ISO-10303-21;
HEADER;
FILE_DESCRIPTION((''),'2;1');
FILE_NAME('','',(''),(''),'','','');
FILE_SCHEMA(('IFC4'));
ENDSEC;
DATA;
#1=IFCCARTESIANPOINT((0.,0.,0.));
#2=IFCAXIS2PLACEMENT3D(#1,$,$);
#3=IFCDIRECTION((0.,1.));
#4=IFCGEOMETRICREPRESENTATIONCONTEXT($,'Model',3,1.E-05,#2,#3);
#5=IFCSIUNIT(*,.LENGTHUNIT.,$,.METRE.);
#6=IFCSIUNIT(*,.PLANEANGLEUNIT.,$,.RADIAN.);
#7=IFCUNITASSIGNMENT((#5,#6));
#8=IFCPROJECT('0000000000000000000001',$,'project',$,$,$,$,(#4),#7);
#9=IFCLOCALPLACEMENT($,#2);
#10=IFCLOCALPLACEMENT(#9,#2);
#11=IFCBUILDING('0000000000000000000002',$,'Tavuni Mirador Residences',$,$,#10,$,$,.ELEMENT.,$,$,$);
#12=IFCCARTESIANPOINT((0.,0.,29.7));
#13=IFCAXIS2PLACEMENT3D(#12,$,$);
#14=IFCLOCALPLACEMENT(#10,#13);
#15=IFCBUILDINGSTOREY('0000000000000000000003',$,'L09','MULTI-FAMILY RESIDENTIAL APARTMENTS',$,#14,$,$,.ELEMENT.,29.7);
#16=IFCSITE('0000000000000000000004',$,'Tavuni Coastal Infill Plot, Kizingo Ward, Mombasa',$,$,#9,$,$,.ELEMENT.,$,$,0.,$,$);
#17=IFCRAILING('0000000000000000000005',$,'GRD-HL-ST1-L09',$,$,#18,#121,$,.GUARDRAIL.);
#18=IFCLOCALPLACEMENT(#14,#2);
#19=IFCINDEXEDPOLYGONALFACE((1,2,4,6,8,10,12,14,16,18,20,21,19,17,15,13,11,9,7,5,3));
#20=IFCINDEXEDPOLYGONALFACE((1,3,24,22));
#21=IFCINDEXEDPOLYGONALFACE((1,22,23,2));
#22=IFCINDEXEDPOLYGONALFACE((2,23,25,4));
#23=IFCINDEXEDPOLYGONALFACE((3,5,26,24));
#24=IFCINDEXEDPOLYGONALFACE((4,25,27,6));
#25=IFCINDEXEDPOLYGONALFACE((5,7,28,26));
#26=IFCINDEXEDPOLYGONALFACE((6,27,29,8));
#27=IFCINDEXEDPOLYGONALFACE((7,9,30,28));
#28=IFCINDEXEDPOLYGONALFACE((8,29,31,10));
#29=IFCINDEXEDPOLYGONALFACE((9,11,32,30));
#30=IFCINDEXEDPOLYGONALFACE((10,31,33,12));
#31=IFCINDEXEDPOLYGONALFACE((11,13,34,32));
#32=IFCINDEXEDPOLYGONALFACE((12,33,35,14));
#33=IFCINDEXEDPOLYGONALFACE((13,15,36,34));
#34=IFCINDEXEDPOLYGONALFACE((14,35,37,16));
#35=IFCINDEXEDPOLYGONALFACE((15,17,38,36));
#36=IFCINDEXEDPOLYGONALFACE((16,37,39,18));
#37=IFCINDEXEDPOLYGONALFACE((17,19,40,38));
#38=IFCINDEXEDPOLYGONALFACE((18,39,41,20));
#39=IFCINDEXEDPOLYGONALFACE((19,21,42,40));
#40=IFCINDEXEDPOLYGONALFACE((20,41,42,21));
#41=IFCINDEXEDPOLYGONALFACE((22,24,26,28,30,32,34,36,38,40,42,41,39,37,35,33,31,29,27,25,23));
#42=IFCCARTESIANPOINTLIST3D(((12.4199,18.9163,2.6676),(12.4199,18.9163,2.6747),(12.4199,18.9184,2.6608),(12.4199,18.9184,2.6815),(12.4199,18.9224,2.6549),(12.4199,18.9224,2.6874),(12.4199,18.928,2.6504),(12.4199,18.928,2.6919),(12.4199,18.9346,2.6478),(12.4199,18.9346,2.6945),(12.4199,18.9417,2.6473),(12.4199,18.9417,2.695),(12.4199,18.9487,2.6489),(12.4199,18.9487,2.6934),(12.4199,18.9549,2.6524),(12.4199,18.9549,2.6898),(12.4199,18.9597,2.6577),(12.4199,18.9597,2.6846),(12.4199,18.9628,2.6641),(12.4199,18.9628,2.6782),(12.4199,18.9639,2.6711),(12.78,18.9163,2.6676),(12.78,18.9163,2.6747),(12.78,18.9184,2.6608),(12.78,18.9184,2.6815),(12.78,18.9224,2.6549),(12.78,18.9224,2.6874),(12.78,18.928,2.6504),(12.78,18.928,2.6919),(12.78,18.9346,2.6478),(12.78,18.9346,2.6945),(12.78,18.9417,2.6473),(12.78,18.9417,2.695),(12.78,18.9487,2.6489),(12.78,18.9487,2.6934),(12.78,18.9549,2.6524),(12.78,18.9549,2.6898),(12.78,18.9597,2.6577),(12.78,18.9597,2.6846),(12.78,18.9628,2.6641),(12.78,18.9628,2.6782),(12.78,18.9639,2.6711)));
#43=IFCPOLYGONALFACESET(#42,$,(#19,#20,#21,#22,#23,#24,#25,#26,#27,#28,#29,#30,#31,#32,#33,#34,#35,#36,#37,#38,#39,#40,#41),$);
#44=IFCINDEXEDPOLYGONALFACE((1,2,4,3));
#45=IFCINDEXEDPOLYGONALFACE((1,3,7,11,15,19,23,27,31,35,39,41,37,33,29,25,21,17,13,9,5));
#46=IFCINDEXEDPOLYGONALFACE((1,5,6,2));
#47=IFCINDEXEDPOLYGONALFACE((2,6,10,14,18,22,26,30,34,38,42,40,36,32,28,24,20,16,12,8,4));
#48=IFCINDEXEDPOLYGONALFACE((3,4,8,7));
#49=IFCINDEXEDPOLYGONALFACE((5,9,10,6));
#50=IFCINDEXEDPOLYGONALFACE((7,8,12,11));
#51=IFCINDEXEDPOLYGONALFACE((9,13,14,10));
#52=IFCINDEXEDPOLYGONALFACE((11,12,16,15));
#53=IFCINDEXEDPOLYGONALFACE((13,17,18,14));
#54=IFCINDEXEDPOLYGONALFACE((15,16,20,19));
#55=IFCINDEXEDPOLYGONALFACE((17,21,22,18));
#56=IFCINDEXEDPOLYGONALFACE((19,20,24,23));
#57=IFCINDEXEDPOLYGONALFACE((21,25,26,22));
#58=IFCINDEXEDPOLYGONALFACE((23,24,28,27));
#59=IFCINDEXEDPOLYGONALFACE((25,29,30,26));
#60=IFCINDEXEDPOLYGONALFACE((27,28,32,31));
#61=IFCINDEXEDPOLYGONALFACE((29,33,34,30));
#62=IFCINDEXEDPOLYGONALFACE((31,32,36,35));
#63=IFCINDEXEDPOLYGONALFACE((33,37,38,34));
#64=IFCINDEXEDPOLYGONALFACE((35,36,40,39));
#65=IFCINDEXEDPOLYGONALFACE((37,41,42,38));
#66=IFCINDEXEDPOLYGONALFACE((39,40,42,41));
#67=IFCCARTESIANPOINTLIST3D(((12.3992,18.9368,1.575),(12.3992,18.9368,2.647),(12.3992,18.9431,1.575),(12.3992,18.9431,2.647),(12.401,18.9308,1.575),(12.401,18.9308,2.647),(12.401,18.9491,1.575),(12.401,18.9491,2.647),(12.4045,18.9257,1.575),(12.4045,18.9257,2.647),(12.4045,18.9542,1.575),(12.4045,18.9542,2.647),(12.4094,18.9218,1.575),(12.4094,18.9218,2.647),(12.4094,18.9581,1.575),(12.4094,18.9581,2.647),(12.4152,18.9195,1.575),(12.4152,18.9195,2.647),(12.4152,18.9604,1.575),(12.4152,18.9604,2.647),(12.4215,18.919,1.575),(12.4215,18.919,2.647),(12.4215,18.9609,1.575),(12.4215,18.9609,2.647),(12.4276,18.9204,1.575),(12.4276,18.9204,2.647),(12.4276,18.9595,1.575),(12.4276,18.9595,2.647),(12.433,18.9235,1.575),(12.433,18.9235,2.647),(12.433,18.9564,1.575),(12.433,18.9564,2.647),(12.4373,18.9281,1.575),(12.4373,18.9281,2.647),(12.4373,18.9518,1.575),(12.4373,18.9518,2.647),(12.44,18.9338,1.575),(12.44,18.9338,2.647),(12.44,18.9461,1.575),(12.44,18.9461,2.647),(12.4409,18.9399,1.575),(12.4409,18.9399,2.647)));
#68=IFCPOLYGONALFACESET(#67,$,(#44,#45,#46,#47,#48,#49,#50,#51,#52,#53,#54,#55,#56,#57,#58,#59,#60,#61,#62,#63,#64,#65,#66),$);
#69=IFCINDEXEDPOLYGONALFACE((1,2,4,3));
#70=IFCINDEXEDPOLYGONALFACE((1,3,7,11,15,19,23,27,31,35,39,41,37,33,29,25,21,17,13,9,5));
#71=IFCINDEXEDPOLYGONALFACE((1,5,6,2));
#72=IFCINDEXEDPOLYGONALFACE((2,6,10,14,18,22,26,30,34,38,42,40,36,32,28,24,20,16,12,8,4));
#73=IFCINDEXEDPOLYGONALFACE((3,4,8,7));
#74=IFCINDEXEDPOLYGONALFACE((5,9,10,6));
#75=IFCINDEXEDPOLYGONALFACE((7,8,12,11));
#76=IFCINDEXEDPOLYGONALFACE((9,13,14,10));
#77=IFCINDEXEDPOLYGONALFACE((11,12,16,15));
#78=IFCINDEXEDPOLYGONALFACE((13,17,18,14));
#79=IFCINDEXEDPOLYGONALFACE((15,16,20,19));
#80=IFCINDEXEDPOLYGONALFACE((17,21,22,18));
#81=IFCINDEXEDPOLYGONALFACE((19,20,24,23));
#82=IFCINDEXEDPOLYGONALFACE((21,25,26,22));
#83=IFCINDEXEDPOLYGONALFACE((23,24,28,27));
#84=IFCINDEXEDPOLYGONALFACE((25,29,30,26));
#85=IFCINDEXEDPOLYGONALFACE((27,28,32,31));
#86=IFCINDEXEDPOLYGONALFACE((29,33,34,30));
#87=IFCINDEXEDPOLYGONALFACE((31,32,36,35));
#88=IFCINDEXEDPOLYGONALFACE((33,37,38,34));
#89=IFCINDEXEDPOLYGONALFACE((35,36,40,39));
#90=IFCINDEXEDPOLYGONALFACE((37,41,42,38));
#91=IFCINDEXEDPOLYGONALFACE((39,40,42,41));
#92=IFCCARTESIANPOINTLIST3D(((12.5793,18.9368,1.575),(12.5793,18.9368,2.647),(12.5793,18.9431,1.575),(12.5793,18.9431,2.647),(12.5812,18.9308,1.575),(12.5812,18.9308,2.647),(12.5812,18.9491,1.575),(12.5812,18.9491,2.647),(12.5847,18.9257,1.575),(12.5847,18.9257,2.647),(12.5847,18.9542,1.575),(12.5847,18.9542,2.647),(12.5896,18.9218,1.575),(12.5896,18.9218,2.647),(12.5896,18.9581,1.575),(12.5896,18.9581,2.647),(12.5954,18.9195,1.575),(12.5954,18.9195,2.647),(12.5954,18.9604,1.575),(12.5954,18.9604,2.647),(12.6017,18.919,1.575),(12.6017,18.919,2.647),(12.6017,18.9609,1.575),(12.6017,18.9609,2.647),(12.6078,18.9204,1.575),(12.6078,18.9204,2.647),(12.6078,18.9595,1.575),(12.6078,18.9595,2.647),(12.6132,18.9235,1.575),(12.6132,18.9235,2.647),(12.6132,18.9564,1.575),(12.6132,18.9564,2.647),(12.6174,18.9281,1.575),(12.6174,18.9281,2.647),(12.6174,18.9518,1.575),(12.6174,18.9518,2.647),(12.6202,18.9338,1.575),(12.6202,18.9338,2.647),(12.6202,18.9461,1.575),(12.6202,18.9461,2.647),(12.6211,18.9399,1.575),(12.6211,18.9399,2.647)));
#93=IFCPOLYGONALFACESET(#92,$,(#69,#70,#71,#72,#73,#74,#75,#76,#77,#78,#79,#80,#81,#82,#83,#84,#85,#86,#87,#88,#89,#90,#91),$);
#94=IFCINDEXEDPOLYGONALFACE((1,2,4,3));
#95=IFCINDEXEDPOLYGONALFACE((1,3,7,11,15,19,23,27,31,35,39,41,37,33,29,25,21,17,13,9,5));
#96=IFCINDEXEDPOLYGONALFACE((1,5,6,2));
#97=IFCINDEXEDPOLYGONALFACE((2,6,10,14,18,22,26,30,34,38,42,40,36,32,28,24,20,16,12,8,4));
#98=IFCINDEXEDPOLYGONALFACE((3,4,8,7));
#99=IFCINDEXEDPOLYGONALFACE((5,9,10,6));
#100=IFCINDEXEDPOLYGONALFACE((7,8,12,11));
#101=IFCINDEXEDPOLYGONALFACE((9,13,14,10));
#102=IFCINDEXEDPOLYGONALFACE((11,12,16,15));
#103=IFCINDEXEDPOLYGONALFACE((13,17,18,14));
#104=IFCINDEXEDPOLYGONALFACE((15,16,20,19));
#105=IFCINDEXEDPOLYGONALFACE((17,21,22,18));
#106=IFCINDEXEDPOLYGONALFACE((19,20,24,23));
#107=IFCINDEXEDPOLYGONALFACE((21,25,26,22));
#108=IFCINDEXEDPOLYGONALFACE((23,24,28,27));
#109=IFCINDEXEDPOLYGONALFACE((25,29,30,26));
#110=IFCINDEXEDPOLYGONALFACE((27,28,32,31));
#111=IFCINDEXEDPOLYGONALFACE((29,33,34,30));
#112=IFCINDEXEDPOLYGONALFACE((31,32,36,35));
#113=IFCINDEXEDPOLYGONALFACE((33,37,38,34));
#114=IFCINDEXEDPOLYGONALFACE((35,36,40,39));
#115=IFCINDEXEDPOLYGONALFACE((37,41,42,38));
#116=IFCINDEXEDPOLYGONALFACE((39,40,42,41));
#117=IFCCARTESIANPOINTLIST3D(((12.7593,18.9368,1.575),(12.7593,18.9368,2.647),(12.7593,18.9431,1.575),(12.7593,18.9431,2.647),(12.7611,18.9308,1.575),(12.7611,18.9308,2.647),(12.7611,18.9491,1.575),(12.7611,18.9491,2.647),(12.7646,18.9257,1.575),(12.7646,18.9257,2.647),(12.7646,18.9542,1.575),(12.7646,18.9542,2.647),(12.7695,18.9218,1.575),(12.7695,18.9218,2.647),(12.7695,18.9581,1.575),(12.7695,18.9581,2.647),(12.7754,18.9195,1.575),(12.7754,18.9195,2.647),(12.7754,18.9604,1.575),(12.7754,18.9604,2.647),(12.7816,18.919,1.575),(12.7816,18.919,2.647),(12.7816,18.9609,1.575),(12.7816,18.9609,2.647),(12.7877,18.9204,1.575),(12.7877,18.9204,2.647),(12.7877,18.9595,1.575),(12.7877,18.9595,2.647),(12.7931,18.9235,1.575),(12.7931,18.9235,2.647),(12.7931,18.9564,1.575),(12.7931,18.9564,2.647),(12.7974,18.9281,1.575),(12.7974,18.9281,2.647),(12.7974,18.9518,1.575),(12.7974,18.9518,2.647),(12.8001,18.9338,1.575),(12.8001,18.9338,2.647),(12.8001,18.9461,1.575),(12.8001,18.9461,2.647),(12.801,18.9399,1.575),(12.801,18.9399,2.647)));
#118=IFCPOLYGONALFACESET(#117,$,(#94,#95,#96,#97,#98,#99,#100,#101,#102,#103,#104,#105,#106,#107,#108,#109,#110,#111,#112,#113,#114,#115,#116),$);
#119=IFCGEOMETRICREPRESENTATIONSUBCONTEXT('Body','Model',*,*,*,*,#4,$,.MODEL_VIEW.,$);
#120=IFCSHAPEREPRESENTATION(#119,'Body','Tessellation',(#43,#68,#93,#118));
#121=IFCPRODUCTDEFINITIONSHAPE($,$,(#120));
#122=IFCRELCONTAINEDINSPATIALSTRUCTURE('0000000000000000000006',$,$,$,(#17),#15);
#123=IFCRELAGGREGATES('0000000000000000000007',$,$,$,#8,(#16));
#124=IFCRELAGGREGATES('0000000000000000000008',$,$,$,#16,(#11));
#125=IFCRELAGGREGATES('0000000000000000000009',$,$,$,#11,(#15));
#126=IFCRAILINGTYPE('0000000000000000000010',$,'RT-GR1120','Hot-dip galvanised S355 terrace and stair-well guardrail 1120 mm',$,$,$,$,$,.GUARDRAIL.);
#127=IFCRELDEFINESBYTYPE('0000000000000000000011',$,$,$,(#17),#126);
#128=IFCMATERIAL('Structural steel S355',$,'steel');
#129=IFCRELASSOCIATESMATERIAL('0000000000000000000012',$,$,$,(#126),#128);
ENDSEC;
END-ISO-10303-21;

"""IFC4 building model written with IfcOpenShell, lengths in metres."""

from ifc_helpers import new_model, si_unit, direction, frame, origin, origin_2d, place, context, subcontext, project, spatial, circle, extrude, material, type_object, element, save


model = new_model("IFC4")

# Units and contexts
model_context = context("Model", 3, precision=1e-05, world=origin(), true_north=direction((0.0, 1.0)))
body_context = subcontext(model_context, "Body", "Model", "MODEL_VIEW")
ifc_project = project(units=[si_unit("LENGTHUNIT", "METRE"), si_unit("PLANEANGLEUNIT", "RADIAN")], contexts=[model_context])

# Site, building, storey
site_placement = place(None, origin())
site = spatial("IfcSite", under=ifc_project, at=site_placement, Name="Tavuni Coastal Infill Plot, Kizingo Ward, Mombasa", CompositionType="ELEMENT", RefElevation=0.0)
building_placement = place(site_placement, origin())
building = spatial("IfcBuilding", under=site, at=building_placement, Name="Tavuni Mirador Residences", CompositionType="ELEMENT")
storey_placement = place(building_placement, frame((0.0, 0.0, 29.7)))
storey = spatial("IfcBuildingStorey", under=building, at=storey_placement, Name="L09", Description="MULTI-FAMILY RESIDENTIAL APARTMENTS", CompositionType="ELEMENT", Elevation=29.7)

# Railing
ifc_material_1 = material(Name="Structural steel S355", Category="steel")
railing_type_1 = type_object("IfcRailingType", Name="RT-GR1120", Description="Hot-dip galvanised S355 terrace and stair-well guardrail 1120 mm", PredefinedType="GUARDRAIL", material=ifc_material_1)
railing_1_placement = place(storey_placement, frame((12.4199, 18.9399, 1.575)))
element("IfcRailing", 1, at=railing_1_placement, inside=storey, type_object=railing_type_1, Name="GRD-HL-ST1-L09", PredefinedType="GUARDRAIL", context=body_context, shape_type="SweptSolid", body=[
    extrude(circle(Radius=0.0239, at=origin_2d()), frame((0.0, 0.0, 1.0962), z_axis=(1.0, 0.0, 0.0), x_axis=(0.0, 1.0, 0.0)), (0.0, 0.0, 1.0), 0.3601),
    extrude(circle(Radius=0.021, at=origin_2d()), origin(), (0.0, 0.0, 1.0), 1.072),
    extrude(circle(Radius=0.021, at=origin_2d()), frame((0.1802, 0.0, 0.0)), (0.0, 0.0, 1.0), 1.072),
    extrude(circle(Radius=0.021, at=origin_2d()), frame((0.3601, 0.0, 0.0)), (0.0, 0.0, 1.0), 1.072),
])

save(model, "model.ifc")
